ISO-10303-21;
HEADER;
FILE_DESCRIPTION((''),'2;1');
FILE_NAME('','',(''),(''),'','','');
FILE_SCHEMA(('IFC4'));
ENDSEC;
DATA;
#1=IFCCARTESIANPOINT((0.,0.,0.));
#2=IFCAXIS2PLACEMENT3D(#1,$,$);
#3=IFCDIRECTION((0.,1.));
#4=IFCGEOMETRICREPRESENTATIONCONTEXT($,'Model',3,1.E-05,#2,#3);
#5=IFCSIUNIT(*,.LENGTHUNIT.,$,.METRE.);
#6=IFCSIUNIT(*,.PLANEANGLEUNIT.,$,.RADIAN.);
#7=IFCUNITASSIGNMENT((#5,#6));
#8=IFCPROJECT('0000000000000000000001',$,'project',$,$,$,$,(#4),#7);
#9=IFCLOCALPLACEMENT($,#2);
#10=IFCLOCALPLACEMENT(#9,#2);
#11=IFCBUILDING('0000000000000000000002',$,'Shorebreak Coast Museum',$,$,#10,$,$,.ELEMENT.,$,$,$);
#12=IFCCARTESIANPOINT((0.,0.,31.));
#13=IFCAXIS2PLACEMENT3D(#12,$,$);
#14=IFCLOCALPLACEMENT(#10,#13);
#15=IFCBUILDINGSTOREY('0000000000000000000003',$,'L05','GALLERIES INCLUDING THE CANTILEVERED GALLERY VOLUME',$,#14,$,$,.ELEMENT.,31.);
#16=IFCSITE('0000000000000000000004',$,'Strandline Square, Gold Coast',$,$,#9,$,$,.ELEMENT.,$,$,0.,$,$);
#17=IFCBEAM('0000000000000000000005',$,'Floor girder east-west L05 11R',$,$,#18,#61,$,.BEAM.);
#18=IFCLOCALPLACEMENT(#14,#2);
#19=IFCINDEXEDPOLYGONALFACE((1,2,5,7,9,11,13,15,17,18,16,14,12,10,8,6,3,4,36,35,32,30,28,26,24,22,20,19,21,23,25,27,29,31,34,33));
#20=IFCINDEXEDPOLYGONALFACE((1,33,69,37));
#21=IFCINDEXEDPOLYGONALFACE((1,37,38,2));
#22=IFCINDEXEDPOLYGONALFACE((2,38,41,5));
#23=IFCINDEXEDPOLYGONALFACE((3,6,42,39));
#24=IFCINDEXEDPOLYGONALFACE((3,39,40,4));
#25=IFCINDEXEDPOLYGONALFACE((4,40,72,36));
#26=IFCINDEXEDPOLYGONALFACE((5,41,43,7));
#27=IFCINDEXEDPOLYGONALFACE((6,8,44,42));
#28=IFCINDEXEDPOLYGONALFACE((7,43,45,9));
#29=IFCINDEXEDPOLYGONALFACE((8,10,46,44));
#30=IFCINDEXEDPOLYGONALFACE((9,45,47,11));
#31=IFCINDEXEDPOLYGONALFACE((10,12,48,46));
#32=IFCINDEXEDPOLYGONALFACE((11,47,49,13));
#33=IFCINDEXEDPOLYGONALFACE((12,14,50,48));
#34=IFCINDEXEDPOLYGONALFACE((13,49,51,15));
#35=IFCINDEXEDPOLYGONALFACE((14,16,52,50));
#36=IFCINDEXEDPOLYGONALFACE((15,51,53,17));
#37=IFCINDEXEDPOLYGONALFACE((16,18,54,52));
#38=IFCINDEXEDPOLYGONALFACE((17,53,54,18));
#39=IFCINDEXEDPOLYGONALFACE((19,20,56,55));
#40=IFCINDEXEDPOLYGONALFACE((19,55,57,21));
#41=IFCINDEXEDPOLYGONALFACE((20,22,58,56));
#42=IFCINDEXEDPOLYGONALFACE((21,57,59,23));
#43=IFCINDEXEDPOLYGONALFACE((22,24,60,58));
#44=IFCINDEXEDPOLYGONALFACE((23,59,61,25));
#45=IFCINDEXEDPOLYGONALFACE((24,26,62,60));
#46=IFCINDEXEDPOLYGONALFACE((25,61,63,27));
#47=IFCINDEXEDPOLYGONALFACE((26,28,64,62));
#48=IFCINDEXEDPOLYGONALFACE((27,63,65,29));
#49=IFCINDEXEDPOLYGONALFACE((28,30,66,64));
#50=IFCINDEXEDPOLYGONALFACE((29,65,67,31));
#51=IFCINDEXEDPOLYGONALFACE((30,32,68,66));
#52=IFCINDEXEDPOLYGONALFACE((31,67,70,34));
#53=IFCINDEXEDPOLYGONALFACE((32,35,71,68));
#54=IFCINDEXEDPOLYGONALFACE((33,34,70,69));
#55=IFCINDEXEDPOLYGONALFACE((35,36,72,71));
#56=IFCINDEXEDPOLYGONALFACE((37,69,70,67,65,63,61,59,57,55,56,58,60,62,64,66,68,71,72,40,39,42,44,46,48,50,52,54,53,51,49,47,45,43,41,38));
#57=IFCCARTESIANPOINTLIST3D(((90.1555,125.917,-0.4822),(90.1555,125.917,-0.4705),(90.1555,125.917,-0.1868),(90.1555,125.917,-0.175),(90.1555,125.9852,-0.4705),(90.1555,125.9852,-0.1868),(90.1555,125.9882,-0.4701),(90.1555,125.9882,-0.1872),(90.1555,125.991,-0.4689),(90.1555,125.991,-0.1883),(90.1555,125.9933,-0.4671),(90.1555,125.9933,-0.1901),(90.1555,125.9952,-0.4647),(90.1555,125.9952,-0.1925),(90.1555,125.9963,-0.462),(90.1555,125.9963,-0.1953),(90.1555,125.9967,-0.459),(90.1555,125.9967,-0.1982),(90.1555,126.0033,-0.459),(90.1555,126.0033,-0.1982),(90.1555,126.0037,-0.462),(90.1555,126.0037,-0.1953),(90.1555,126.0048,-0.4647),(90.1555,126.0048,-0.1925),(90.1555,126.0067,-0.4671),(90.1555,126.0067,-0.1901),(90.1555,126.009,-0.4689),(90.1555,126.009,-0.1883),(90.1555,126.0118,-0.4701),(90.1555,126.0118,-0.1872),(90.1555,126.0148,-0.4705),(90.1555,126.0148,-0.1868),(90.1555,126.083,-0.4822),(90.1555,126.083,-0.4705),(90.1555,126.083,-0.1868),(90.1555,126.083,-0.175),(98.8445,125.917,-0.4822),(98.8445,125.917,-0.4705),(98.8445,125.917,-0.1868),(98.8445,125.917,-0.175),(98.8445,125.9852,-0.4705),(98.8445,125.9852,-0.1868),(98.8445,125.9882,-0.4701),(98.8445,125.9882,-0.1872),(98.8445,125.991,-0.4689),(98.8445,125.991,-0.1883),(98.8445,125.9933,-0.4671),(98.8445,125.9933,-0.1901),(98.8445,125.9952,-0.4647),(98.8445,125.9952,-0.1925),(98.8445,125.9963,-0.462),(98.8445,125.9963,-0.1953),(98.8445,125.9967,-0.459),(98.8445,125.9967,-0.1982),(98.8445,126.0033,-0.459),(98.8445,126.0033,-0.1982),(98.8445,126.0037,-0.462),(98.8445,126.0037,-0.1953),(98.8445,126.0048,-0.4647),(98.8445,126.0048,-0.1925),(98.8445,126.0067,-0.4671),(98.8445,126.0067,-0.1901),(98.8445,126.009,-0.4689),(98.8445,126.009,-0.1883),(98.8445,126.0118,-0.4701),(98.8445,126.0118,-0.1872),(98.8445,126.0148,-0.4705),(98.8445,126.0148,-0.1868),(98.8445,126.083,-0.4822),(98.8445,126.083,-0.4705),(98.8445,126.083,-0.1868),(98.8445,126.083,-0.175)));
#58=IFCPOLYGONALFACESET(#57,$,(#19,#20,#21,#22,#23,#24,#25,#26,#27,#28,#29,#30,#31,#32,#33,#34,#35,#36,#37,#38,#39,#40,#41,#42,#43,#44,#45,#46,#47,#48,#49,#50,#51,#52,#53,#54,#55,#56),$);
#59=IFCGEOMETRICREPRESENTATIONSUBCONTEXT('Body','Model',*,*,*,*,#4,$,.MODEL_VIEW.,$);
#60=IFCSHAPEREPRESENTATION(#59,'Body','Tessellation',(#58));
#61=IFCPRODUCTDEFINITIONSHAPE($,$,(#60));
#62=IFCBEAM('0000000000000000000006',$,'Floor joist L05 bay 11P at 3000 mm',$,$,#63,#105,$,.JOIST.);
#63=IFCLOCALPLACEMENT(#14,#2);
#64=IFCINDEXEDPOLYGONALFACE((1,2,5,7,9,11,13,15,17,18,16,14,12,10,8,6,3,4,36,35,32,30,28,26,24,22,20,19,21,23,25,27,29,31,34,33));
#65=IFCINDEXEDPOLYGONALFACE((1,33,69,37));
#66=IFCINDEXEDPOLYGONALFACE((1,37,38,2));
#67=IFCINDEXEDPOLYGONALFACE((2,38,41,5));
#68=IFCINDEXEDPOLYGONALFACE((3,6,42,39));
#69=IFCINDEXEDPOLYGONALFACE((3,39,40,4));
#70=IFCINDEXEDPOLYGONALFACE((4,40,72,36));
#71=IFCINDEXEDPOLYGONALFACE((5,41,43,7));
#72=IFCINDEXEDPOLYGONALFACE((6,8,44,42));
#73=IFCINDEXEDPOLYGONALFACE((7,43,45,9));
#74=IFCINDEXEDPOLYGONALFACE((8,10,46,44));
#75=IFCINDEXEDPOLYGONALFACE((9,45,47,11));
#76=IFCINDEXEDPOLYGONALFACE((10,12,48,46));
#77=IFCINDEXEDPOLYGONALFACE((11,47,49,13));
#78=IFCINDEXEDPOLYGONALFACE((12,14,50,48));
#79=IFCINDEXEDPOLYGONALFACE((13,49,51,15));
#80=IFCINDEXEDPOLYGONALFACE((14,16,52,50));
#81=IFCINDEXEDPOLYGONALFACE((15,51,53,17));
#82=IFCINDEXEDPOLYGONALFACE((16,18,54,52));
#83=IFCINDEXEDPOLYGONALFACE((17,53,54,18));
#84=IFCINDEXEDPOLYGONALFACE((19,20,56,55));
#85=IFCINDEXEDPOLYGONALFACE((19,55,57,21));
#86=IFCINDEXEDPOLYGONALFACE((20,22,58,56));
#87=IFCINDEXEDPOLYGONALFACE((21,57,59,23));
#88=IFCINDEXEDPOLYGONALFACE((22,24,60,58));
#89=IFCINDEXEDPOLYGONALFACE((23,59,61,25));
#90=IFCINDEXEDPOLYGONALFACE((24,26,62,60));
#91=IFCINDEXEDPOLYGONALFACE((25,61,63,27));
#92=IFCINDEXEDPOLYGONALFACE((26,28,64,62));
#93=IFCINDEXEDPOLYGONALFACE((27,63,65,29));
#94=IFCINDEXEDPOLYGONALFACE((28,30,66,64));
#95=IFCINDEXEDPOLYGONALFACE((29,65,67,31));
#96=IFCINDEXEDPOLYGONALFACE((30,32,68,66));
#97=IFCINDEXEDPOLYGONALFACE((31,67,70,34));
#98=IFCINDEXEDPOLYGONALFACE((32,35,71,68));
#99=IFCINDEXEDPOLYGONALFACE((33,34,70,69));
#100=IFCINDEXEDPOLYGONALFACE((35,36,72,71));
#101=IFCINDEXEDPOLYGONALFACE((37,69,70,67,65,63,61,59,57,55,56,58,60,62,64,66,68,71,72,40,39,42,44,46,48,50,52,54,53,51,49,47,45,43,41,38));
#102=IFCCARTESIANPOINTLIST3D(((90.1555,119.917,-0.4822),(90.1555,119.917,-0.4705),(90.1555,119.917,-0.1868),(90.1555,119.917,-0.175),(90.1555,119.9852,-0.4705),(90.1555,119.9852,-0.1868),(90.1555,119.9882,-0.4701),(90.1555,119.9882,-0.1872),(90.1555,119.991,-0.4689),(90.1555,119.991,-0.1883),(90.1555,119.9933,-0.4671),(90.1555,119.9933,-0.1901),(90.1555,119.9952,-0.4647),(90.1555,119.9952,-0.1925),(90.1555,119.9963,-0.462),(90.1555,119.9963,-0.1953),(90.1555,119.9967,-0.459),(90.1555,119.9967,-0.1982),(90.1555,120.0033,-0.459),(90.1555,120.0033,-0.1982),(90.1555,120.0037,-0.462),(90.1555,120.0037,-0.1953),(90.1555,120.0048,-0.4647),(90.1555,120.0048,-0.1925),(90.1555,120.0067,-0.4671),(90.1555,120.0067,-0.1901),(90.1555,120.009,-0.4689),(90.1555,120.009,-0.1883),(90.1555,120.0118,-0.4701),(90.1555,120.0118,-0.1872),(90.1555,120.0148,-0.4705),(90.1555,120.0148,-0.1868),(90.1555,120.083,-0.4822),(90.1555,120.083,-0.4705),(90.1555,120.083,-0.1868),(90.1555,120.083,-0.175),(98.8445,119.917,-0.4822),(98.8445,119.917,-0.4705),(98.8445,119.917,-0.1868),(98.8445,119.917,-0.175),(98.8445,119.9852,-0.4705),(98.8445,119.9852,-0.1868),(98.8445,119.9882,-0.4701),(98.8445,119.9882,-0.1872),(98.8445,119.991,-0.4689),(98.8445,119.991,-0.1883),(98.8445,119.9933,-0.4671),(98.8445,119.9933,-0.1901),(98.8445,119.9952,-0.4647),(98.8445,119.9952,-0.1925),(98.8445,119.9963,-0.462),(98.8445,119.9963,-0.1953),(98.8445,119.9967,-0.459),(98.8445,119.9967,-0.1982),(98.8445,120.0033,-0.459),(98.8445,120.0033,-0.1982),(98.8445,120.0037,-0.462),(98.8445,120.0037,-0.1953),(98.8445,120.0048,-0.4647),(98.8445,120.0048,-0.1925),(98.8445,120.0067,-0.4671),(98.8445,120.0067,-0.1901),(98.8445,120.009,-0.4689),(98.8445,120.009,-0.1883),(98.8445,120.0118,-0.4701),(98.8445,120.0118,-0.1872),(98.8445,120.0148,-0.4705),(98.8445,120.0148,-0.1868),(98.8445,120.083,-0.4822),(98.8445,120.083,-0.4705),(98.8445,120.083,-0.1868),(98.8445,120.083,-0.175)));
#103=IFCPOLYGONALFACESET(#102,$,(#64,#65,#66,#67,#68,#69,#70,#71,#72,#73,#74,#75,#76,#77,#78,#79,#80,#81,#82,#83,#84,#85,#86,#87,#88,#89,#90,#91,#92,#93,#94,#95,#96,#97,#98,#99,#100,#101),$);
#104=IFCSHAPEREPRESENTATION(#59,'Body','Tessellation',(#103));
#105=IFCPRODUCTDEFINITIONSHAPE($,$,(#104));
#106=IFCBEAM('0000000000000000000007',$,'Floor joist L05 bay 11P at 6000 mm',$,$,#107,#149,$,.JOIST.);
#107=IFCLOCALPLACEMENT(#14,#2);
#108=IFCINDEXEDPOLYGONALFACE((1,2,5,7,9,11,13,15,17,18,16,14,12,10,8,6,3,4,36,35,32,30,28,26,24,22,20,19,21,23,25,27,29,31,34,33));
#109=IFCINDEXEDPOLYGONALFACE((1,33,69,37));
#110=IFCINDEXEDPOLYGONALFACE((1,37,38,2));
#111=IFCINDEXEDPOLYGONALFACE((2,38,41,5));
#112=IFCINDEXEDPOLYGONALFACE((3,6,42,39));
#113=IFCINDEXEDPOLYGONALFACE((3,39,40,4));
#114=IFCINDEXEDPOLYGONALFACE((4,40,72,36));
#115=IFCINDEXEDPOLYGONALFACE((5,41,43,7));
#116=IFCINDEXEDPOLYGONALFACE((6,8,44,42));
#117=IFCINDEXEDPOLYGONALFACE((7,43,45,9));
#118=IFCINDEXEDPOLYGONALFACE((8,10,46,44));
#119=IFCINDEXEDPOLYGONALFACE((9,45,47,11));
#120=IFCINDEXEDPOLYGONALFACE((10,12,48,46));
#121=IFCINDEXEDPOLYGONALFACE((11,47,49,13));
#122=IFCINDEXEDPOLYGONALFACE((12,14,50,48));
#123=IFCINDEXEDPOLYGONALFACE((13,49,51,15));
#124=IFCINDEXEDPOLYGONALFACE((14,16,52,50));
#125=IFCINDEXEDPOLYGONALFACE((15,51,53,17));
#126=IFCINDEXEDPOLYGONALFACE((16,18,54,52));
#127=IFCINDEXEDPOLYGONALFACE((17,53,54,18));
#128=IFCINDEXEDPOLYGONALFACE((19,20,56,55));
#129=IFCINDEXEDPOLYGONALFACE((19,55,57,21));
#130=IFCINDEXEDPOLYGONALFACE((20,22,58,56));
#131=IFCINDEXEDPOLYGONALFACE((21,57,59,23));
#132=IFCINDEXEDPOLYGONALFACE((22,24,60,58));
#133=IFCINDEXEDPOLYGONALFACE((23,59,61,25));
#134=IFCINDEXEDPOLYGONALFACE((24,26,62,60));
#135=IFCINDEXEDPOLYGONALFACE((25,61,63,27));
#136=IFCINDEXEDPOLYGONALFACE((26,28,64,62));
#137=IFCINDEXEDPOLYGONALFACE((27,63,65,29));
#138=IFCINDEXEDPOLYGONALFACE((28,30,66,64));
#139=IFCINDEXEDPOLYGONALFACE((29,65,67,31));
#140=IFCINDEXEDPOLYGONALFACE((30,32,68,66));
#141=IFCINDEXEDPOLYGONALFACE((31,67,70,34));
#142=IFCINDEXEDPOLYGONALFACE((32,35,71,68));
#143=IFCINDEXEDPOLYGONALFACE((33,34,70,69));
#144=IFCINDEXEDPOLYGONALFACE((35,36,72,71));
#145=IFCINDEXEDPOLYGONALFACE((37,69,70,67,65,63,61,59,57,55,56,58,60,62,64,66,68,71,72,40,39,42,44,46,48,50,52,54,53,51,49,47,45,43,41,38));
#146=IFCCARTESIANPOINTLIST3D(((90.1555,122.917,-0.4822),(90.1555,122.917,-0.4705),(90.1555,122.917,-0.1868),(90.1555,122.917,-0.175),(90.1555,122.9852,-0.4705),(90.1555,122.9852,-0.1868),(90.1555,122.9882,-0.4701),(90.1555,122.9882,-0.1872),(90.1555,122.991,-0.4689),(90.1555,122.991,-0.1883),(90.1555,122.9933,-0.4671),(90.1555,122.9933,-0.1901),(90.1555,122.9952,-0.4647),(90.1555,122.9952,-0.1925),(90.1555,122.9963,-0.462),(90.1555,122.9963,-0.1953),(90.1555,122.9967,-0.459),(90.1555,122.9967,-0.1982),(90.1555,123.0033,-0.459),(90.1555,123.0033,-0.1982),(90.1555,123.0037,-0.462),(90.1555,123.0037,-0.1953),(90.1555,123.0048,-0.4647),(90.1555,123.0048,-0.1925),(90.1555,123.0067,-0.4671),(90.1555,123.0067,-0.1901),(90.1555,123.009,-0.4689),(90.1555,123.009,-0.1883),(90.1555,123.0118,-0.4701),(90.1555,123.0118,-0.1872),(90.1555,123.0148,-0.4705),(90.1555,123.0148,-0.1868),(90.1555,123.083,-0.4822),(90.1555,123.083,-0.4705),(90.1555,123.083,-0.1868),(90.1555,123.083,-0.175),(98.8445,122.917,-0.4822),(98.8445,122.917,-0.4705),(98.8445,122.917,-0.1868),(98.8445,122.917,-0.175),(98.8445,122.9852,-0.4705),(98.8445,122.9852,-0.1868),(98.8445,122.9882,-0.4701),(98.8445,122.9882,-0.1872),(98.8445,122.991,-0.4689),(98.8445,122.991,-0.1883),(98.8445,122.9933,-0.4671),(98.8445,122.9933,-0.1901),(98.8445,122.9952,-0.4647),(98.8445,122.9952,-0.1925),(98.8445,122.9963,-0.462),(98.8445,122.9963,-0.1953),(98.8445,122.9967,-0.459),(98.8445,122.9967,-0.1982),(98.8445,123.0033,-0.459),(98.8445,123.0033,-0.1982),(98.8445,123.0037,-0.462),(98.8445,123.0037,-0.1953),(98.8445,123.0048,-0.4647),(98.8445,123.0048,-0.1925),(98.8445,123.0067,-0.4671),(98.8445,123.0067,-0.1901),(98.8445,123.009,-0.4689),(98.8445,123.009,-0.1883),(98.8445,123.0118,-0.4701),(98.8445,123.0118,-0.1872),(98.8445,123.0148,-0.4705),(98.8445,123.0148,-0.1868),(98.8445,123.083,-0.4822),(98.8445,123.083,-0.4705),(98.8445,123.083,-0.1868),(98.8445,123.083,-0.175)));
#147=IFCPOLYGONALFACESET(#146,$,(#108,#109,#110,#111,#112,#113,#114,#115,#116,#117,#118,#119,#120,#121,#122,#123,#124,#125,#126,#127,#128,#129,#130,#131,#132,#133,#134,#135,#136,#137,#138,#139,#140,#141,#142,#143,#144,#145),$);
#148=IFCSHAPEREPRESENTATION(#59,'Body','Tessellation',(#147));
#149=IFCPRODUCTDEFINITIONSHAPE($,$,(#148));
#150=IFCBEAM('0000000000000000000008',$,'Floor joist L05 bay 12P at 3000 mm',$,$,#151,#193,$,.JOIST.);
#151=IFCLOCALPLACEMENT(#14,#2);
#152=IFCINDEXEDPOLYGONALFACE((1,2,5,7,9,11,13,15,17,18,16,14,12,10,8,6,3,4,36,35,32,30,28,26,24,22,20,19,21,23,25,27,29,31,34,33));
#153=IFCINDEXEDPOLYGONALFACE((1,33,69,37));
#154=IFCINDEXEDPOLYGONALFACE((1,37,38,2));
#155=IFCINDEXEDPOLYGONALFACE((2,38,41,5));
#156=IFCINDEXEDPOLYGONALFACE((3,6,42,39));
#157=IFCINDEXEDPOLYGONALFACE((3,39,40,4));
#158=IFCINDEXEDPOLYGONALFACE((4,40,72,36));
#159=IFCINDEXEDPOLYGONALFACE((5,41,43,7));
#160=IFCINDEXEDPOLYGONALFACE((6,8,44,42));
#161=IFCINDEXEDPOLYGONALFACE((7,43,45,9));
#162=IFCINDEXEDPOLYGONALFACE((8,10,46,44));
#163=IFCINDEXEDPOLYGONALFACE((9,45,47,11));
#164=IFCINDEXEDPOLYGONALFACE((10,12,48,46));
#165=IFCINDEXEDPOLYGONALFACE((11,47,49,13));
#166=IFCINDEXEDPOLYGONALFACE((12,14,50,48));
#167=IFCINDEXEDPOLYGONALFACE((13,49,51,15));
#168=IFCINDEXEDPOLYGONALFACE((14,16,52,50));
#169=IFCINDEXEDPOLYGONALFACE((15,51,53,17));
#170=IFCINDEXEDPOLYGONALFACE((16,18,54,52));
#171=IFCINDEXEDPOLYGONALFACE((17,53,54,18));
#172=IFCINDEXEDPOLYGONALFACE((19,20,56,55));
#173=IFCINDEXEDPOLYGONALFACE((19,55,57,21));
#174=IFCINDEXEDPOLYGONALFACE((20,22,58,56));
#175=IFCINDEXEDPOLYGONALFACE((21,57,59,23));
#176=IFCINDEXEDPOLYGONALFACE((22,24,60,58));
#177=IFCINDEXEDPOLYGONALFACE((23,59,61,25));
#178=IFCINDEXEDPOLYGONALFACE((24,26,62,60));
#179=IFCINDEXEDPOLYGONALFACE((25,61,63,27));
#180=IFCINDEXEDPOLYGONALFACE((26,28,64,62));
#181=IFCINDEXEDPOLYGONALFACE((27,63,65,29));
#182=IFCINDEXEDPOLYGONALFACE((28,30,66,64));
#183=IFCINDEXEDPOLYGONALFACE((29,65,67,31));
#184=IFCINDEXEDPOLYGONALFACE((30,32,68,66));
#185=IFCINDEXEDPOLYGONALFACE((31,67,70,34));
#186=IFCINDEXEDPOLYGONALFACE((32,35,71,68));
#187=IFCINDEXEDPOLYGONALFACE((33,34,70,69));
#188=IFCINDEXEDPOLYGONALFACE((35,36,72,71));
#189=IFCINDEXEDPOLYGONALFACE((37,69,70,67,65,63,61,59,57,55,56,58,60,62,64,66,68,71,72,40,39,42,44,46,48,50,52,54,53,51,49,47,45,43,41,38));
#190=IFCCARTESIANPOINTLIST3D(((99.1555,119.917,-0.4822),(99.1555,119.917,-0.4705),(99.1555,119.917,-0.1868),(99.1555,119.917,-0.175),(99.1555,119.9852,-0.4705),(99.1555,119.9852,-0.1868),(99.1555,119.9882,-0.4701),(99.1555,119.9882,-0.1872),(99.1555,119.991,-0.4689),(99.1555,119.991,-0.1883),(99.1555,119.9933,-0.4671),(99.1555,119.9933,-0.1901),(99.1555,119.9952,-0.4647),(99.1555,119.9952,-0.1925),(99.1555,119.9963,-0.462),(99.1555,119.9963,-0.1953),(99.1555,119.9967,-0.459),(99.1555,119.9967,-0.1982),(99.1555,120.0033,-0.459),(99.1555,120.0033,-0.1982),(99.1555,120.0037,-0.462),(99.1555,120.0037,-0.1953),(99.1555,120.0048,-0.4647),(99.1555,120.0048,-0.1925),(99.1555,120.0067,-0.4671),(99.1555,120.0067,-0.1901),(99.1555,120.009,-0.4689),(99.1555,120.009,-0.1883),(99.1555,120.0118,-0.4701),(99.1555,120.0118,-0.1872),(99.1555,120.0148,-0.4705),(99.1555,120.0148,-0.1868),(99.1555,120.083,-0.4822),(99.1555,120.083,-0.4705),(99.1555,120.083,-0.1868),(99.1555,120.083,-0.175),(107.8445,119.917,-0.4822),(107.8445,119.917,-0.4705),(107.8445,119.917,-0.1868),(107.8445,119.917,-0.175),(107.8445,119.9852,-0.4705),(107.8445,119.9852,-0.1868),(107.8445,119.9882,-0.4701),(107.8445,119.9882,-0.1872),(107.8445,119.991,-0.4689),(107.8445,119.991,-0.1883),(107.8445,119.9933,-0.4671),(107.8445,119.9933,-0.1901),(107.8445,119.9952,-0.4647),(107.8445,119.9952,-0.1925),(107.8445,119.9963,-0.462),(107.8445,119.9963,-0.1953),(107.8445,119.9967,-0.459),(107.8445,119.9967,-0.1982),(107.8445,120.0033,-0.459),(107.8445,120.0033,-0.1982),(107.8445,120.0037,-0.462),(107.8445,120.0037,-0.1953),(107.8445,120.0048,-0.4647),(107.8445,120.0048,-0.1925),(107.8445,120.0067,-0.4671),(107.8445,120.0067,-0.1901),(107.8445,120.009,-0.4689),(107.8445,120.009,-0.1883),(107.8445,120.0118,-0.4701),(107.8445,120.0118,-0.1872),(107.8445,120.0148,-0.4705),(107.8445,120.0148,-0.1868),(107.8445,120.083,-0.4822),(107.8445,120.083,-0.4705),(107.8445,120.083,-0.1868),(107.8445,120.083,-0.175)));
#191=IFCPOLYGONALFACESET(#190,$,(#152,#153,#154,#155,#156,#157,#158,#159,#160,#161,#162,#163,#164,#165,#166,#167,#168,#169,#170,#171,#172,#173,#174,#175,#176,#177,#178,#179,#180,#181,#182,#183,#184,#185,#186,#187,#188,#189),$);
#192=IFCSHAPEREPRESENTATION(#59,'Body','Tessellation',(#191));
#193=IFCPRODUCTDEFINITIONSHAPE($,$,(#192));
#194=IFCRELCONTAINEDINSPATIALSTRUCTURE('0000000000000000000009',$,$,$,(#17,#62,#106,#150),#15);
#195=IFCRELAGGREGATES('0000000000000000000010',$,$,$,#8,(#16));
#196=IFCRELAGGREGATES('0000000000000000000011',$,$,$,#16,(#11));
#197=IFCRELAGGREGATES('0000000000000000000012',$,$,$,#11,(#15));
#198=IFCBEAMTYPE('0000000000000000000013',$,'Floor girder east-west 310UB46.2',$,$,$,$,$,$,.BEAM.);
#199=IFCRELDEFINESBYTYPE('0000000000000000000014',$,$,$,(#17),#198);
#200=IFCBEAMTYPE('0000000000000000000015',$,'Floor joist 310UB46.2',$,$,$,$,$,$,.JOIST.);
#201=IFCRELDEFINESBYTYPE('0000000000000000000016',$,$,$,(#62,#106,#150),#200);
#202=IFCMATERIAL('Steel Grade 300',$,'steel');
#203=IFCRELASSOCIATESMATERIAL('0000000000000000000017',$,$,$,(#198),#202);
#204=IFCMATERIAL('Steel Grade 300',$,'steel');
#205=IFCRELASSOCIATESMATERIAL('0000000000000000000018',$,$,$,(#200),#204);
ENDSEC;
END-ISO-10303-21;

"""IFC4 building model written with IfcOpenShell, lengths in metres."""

from ifc_helpers import new_model, si_unit, direction, frame, origin, origin_2d, place, context, subcontext, project, spatial, i_section, extrude, material, material_profile, profile_set, type_object, element, save


model = new_model("IFC4")

# Units and contexts
model_context = context("Model", 3, precision=1e-05, world=origin(), true_north=direction((0.0, 1.0)))
body_context = subcontext(model_context, "Body", "Model", "MODEL_VIEW")
ifc_project = project(units=[si_unit("LENGTHUNIT", "METRE"), si_unit("PLANEANGLEUNIT", "RADIAN")], contexts=[model_context])

# Site, building, storey
site_placement = place(None, origin())
site = spatial("IfcSite", under=ifc_project, at=site_placement, Name="Strandline Square, Gold Coast", CompositionType="ELEMENT", RefElevation=0.0)
building_placement = place(site_placement, origin())
building = spatial("IfcBuilding", under=site, at=building_placement, Name="Shorebreak Coast Museum", CompositionType="ELEMENT")
storey_placement = place(building_placement, frame((0.0, 0.0, 31.0)))
storey = spatial("IfcBuildingStorey", under=building, at=storey_placement, Name="L05", Description="GALLERIES INCLUDING THE CANTILEVERED GALLERY VOLUME", CompositionType="ELEMENT", Elevation=31.0)

# Beams
ifc_material_1 = material(Name="Steel Grade 300", Category="steel")
ifc_material_profile_1 = material_profile(ifc_material_1, i_section(OverallWidth=0.166, OverallDepth=0.3071, WebThickness=0.0066, FlangeThickness=0.0117, FilletRadius=0.0115, at=origin_2d()), Name="310UB46.2")
ifc_profile_set_1 = profile_set([ifc_material_profile_1], Name="Steel Grade 300")
beam_type_1 = type_object("IfcBeamType", Name="Floor girder east-west 310UB46.2", PredefinedType="BEAM", material=ifc_profile_set_1)
for number, where, z_axis, x_axis, name in (
    (1, (90.1555, 126.0, -0.3286), (1.0, 0.0, 0.0), (0.0, 1.0, 0.0), "Floor girder east-west L05 11R"),
):
    element("IfcBeam", number, at=place(storey_placement, frame(where, z_axis=z_axis, x_axis=x_axis)), inside=storey, type_object=beam_type_1, Name=name, PredefinedType="BEAM", context=body_context, shape_type="SweptSolid", body=[
        extrude(i_section(OverallWidth=0.166, OverallDepth=0.3071, WebThickness=0.0066, FlangeThickness=0.0117, FilletRadius=0.0115, at=origin_2d()), origin(), (0.0, 0.0, 1.0), 8.689),
    ])
ifc_material_2 = material(Name="Steel Grade 300", Category="steel")
ifc_material_profile_2 = material_profile(ifc_material_2, i_section(OverallWidth=0.166, OverallDepth=0.3071, WebThickness=0.0066, FlangeThickness=0.0117, FilletRadius=0.0115, at=origin_2d()), Name="310UB46.2")
ifc_profile_set_2 = profile_set([ifc_material_profile_2], Name="Steel Grade 300")
beam_type_2 = type_object("IfcBeamType", Name="Floor joist 310UB46.2", PredefinedType="JOIST", material=ifc_profile_set_2)
for number, where, z_axis, x_axis, name in (
    (2, (90.1555, 120.0, -0.3286), (1.0, 0.0, 0.0), (0.0, 1.0, 0.0), "Floor joist L05 bay 11P at 3000 mm"),
    (3, (90.1555, 123.0, -0.3286), (1.0, 0.0, 0.0), (0.0, 1.0, 0.0), "Floor joist L05 bay 11P at 6000 mm"),
    (4, (99.1555, 120.0, -0.3286), (1.0, 0.0, 0.0), (0.0, 1.0, 0.0), "Floor joist L05 bay 12P at 3000 mm"),
):
    element("IfcBeam", number, at=place(storey_placement, frame(where, z_axis=z_axis, x_axis=x_axis)), inside=storey, type_object=beam_type_2, Name=name, PredefinedType="JOIST", context=body_context, shape_type="SweptSolid", body=[
        extrude(i_section(OverallWidth=0.166, OverallDepth=0.3071, WebThickness=0.0066, FlangeThickness=0.0117, FilletRadius=0.0115, at=origin_2d()), origin(), (0.0, 0.0, 1.0), 8.689),
    ])

save(model, "model.ifc")
